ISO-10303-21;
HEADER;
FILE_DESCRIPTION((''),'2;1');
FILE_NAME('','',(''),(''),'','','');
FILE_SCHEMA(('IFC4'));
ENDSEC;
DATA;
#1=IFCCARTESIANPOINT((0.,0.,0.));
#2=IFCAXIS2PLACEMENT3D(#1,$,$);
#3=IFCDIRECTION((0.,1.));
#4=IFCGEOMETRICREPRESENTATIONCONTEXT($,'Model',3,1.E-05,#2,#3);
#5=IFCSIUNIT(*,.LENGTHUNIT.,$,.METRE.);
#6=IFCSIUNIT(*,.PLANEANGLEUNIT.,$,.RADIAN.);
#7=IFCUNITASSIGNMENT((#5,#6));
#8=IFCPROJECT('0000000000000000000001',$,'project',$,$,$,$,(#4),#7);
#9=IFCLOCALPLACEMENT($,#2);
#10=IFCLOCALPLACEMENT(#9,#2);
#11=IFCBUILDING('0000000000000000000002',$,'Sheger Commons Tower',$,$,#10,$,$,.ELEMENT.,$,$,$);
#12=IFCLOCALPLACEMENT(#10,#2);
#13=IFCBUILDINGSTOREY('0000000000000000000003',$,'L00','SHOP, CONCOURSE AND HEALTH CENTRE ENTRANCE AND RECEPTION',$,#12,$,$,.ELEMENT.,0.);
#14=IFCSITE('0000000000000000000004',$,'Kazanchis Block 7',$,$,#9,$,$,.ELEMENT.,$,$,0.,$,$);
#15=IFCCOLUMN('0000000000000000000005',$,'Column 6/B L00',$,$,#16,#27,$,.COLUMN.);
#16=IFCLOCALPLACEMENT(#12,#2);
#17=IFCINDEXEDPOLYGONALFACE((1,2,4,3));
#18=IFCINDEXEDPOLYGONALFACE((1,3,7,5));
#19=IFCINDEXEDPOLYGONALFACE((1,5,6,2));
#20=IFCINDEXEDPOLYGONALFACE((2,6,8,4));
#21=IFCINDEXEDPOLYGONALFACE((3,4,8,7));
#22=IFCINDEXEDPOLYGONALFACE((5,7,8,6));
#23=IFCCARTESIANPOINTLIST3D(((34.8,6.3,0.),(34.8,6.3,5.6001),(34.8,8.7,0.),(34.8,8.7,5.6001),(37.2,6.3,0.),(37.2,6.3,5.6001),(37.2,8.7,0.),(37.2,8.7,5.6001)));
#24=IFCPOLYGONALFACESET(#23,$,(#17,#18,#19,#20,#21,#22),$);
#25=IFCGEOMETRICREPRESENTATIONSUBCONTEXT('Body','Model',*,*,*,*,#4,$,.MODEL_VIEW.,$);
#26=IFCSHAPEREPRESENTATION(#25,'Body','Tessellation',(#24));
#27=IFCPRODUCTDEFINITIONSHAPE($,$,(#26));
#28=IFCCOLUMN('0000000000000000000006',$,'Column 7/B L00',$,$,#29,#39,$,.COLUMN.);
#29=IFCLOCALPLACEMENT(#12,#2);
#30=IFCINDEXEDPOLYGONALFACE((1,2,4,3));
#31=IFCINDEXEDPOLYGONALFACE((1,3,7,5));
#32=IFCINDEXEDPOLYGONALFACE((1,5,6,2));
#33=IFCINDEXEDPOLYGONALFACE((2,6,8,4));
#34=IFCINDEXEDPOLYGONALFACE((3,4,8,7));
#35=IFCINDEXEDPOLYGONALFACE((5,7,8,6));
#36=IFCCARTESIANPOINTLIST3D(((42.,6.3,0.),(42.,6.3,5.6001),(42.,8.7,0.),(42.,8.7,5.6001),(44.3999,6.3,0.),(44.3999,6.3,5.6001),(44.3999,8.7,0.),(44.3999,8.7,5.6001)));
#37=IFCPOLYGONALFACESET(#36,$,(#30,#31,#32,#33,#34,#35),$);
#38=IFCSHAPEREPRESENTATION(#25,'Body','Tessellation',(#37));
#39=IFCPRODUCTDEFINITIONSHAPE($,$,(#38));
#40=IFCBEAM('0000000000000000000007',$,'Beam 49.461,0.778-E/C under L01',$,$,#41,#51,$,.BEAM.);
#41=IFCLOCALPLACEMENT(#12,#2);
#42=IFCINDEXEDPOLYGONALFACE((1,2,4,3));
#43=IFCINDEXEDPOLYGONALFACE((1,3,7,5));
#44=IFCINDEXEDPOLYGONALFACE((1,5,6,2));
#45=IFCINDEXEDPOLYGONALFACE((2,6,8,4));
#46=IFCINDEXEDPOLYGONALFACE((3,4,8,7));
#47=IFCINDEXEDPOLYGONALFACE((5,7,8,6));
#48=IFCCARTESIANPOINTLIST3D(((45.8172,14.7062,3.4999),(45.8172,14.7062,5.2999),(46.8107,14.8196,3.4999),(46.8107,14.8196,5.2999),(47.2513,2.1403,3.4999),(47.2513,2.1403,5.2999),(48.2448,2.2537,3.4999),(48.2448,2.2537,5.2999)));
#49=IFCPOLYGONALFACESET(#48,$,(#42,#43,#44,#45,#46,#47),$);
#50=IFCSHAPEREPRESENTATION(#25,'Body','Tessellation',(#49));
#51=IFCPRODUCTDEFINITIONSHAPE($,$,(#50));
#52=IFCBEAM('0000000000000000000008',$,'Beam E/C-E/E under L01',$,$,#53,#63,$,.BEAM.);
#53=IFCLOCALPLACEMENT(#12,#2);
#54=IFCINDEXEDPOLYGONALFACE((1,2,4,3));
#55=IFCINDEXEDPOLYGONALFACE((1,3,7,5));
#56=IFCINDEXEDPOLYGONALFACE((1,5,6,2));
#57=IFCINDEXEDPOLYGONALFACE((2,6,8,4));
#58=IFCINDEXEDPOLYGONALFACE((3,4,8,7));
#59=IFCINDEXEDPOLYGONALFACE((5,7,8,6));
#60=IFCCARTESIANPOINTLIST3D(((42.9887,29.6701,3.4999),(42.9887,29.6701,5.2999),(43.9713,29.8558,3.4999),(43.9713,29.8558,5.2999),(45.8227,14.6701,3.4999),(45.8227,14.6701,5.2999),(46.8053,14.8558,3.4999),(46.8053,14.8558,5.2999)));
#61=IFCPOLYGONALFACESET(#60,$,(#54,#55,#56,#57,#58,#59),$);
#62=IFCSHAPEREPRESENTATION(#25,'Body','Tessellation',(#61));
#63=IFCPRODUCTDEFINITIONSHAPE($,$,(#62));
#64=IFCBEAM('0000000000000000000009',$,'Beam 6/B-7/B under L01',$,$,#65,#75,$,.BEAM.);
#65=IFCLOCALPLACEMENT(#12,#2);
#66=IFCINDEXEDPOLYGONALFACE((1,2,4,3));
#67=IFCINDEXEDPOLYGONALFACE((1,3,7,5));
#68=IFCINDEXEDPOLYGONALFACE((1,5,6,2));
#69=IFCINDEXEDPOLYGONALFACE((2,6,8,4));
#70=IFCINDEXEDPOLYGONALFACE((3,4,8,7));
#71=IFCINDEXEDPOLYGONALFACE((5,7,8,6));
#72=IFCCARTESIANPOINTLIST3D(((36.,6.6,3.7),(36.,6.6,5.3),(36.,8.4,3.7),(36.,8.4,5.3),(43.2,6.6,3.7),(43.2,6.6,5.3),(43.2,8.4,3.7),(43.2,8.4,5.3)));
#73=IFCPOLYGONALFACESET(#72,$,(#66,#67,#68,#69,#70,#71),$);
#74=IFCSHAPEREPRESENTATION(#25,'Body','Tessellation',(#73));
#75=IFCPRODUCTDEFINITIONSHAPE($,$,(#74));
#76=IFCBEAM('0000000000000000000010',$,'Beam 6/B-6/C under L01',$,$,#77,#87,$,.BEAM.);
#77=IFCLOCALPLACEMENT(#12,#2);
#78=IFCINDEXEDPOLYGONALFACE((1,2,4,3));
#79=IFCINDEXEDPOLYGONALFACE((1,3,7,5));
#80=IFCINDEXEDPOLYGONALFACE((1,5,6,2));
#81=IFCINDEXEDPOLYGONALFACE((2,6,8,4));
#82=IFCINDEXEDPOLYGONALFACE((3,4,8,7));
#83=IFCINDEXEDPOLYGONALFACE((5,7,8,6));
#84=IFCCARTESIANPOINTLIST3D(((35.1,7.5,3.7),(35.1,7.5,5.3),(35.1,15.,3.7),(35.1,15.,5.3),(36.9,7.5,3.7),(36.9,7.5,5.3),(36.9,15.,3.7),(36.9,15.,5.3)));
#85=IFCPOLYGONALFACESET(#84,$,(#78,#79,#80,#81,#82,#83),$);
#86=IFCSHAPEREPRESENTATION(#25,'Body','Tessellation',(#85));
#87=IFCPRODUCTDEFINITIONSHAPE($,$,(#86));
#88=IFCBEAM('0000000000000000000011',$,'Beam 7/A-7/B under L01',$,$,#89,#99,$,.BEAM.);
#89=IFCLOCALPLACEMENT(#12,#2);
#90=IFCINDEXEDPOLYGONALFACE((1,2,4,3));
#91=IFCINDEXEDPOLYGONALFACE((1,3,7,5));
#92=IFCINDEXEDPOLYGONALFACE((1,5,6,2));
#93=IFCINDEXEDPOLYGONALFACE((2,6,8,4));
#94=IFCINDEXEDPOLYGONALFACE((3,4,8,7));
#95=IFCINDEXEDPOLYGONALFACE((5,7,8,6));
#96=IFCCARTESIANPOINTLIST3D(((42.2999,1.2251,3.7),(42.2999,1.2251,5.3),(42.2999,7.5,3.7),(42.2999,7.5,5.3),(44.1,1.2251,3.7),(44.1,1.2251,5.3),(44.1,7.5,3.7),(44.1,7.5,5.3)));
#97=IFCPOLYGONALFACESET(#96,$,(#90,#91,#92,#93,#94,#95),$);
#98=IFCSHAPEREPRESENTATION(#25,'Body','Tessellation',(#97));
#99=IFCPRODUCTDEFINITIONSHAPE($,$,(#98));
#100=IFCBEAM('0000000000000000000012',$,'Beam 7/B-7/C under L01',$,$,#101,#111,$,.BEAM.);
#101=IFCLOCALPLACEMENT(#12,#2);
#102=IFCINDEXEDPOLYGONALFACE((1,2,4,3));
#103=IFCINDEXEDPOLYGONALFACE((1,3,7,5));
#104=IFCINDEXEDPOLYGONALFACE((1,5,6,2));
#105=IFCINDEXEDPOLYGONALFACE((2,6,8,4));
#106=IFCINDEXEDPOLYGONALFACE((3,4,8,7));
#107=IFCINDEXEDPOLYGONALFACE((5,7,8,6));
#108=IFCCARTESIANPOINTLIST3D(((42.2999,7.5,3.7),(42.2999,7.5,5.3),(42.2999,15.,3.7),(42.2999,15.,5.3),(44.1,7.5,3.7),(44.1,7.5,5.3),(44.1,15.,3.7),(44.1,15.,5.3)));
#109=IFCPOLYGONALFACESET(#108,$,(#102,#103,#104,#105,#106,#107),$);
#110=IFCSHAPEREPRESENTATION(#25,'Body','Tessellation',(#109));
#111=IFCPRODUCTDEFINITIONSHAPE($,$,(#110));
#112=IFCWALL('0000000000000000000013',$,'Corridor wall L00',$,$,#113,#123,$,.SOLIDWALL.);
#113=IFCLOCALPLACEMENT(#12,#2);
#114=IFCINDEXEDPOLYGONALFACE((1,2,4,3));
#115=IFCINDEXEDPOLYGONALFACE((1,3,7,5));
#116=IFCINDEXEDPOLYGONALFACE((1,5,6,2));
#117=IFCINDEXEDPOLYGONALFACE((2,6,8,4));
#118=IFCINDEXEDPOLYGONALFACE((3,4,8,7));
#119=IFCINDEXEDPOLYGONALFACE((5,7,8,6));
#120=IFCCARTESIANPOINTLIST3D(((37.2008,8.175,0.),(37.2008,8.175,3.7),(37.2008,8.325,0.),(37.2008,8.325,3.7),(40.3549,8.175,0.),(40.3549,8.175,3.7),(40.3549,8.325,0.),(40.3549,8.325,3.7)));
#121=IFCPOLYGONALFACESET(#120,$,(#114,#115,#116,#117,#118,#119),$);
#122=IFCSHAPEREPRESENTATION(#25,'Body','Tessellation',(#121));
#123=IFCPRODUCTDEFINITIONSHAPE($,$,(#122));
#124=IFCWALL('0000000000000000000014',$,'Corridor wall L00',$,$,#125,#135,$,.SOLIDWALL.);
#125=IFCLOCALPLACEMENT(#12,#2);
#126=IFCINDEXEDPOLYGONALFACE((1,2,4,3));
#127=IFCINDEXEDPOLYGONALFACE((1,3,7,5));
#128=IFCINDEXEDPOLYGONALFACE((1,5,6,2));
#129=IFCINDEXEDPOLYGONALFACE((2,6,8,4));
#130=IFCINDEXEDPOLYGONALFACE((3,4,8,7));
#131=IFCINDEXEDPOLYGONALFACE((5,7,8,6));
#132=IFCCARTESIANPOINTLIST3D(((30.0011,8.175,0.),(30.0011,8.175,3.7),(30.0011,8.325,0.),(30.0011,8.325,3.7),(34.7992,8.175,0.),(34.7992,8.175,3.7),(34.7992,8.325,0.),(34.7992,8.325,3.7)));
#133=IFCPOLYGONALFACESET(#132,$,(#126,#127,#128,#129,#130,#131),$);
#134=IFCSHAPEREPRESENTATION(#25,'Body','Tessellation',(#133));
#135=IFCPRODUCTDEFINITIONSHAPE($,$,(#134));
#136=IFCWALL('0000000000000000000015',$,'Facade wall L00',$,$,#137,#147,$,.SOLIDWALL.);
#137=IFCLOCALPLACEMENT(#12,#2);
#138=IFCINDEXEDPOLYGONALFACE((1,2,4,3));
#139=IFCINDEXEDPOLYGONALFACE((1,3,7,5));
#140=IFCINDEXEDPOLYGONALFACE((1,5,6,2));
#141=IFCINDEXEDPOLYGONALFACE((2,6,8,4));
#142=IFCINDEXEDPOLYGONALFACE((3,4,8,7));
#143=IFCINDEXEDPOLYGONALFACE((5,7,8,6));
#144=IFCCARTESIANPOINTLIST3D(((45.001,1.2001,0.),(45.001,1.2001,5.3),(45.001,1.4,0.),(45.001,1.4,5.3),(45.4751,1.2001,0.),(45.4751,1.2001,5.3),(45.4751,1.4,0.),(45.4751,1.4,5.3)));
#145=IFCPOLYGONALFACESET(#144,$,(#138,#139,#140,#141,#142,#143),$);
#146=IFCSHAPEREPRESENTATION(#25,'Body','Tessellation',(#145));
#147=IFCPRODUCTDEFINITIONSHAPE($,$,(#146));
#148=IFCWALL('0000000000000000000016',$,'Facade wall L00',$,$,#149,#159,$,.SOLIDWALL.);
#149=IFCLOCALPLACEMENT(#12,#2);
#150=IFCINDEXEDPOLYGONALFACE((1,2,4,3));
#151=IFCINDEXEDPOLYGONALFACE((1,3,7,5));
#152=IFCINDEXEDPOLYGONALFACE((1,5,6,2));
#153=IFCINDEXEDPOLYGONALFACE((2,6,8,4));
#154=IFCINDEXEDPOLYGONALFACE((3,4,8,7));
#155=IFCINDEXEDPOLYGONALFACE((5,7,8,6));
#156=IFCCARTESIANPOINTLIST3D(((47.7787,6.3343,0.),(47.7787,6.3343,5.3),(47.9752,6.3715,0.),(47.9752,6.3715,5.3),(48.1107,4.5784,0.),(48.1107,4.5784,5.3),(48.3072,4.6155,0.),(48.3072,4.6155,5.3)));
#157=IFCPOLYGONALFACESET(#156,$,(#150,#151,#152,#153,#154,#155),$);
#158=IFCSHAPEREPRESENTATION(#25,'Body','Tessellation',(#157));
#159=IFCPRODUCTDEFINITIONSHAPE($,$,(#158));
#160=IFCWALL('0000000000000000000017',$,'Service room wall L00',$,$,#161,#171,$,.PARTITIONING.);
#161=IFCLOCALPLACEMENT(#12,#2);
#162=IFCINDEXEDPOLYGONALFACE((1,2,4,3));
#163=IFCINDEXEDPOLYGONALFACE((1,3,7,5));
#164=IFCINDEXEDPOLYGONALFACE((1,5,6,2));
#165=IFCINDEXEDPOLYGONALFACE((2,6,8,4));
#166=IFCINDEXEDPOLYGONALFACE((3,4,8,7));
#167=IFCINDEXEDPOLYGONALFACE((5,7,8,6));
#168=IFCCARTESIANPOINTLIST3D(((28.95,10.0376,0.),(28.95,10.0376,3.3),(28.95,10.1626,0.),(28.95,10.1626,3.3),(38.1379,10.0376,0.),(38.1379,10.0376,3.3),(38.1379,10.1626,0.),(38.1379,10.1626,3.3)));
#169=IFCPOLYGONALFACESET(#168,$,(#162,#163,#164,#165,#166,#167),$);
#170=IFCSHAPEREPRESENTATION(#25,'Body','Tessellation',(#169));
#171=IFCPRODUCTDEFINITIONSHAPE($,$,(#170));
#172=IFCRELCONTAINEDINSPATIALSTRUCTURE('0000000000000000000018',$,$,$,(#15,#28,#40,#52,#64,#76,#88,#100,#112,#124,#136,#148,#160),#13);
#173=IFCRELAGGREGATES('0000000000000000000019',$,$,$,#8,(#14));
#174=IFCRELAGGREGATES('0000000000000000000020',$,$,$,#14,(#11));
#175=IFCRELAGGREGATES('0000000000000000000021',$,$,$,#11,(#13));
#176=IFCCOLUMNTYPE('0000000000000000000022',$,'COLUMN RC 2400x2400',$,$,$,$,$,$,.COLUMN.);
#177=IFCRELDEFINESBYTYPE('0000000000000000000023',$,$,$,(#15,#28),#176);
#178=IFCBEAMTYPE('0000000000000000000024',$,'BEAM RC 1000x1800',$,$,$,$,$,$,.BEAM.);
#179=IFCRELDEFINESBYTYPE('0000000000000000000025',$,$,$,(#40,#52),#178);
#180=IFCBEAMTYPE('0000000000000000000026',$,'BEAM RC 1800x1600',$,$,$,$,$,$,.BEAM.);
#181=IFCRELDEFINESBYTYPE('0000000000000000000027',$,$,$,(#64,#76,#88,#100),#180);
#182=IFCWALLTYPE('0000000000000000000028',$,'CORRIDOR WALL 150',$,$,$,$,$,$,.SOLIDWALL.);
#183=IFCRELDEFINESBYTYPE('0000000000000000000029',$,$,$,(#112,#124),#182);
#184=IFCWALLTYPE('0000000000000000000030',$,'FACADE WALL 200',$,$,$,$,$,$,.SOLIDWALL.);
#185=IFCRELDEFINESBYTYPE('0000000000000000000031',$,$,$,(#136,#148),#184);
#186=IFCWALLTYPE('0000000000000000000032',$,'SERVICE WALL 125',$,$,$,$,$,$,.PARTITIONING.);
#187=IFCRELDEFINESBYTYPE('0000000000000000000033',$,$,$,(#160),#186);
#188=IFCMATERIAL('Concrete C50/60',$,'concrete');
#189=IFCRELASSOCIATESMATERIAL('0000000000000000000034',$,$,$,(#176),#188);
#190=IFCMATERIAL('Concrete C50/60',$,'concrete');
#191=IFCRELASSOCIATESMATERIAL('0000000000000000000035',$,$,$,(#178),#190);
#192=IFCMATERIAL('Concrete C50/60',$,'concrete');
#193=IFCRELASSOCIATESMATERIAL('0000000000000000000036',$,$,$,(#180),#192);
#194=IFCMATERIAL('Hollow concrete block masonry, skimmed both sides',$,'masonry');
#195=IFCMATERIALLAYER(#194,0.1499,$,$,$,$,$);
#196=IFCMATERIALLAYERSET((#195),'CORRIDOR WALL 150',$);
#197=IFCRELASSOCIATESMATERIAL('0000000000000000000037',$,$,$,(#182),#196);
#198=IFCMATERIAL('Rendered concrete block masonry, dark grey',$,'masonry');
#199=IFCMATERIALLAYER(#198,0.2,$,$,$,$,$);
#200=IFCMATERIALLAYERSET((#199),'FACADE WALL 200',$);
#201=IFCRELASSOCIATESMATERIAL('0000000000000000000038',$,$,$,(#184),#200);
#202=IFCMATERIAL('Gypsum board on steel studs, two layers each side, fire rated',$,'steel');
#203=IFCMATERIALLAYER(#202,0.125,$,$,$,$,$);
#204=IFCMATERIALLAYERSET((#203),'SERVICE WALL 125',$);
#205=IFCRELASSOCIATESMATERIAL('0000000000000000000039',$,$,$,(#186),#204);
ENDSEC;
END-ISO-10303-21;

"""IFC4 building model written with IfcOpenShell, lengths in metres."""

from ifc_helpers import new_model, si_unit, direction, frame, frame_2d, origin, origin_2d, place, context, subcontext, project, spatial, rectangle, extrude, material, layer, layer_set, material_profile, profile_set, type_object, element, save


model = new_model("IFC4")

# Units and contexts
model_context = context("Model", 3, precision=1e-05, world=origin(), true_north=direction((0.0, 1.0)))
body_context = subcontext(model_context, "Body", "Model", "MODEL_VIEW")
ifc_project = project(units=[si_unit("LENGTHUNIT", "METRE"), si_unit("PLANEANGLEUNIT", "RADIAN")], contexts=[model_context])

# Site, building, storey
site_placement = place(None, origin())
site = spatial("IfcSite", under=ifc_project, at=site_placement, Name="Kazanchis Block 7", CompositionType="ELEMENT", RefElevation=0.0)
building_placement = place(site_placement, origin())
building = spatial("IfcBuilding", under=site, at=building_placement, Name="Sheger Commons Tower", CompositionType="ELEMENT")
storey_placement = place(building_placement, origin())
storey = spatial("IfcBuildingStorey", under=building, at=storey_placement, Name="L00", Description="SHOP, CONCOURSE AND HEALTH CENTRE ENTRANCE AND RECEPTION", CompositionType="ELEMENT", Elevation=0.0)

# Columns
ifc_material_1 = material(Name="Concrete C50/60", Category="concrete")
ifc_material_profile_1 = material_profile(ifc_material_1, rectangle(XDim=2.3999, YDim=2.3999, at=origin_2d()), Name="RC 2400x2400")
ifc_profile_set_1 = profile_set([ifc_material_profile_1], Name="Concrete C50/60")
column_type_1 = type_object("IfcColumnType", Name="COLUMN RC 2400x2400", PredefinedType="COLUMN", material=ifc_profile_set_1)
for number, where, z_axis, x_axis, name in (
    (1, (36.0, 7.5, 0.0), (0.0, 0.0, 1.0), (1.0, 0.0, 0.0), "Column 6/B L00"),
    (2, (43.2, 7.5, 0.0), (0.0, 0.0, 1.0), (1.0, 0.0, 0.0), "Column 7/B L00"),
):
    element("IfcColumn", number, at=place(storey_placement, frame(where, z_axis=z_axis, x_axis=x_axis)), inside=storey, type_object=column_type_1, Name=name, PredefinedType="COLUMN", context=body_context, shape_type="SweptSolid", body=[
        extrude(rectangle(XDim=2.3999, YDim=2.3999, at=origin_2d()), origin(), (0.0, 0.0, 1.0), 5.6001),
    ])

# Beams
ifc_material_2 = material(Name="Concrete C50/60", Category="concrete")
ifc_material_profile_2 = material_profile(ifc_material_2, rectangle(XDim=1.0, YDim=1.8, at=origin_2d()), Name="RC 1000x1800")
ifc_profile_set_2 = profile_set([ifc_material_profile_2], Name="Concrete C50/60")
beam_type_1 = type_object("IfcBeamType", Name="BEAM RC 1000x1800", PredefinedType="BEAM", material=ifc_profile_set_2)
beam_1_placement = place(storey_placement, frame((47.748, 2.197, 4.3999), z_axis=(-0.113389, 0.993551, 0.0), x_axis=(-0.993551, -0.113389, 0.0)))
element("IfcBeam", 3, at=beam_1_placement, inside=storey, type_object=beam_type_1, Name="Beam 49.461,0.778-E/C under L01", PredefinedType="BEAM", context=body_context, shape_type="SweptSolid", body=[
    extrude(rectangle(XDim=1.0, YDim=1.8, at=origin_2d()), origin(), (0.0, 0.0, 1.0), 12.6475),
])
beam_2_placement = place(storey_placement, frame((46.314, 14.7629, 4.3999), z_axis=(-0.185648, 0.982616, 0.0), x_axis=(-0.982616, -0.185648, 0.0)))
element("IfcBeam", 4, at=beam_2_placement, inside=storey, type_object=beam_type_1, Name="Beam E/C-E/E under L01", PredefinedType="BEAM", context=body_context, shape_type="SweptSolid", body=[
    extrude(rectangle(XDim=1.0, YDim=1.8, at=origin_2d()), origin(), (0.0, 0.0, 1.0), 15.2654),
])
ifc_material_3 = material(Name="Concrete C50/60", Category="concrete")
ifc_material_profile_3 = material_profile(ifc_material_3, rectangle(XDim=1.8, YDim=1.6001, at=origin_2d()), Name="RC 1800x1600")
ifc_profile_set_3 = profile_set([ifc_material_profile_3], Name="Concrete C50/60")
beam_type_2 = type_object("IfcBeamType", Name="BEAM RC 1800x1600", PredefinedType="BEAM", material=ifc_profile_set_3)
beam_3_placement = place(storey_placement, frame((36.0, 7.5, 4.5), z_axis=(1.0, 0.0, 0.0), x_axis=(0.0, 1.0, 0.0)))
element("IfcBeam", 5, at=beam_3_placement, inside=storey, type_object=beam_type_2, Name="Beam 6/B-7/B under L01", PredefinedType="BEAM", context=body_context, shape_type="SweptSolid", body=[
    extrude(rectangle(XDim=1.8, YDim=1.6001, at=origin_2d()), origin(), (0.0, 0.0, 1.0), 7.2),
])
beam_4_placement = place(storey_placement, frame((36.0, 7.5, 4.5), z_axis=(0.0, 1.0, 0.0), x_axis=(-1.0, 0.0, 0.0)))
element("IfcBeam", 6, at=beam_4_placement, inside=storey, type_object=beam_type_2, Name="Beam 6/B-6/C under L01", PredefinedType="BEAM", context=body_context, shape_type="SweptSolid", body=[
    extrude(rectangle(XDim=1.8, YDim=1.6001, at=origin_2d()), origin(), (0.0, 0.0, 1.0), 7.5),
])
beam_5_placement = place(storey_placement, frame((43.2, 1.2251, 4.5), z_axis=(0.0, 1.0, 0.0), x_axis=(-1.0, 0.0, 0.0)))
element("IfcBeam", 7, at=beam_5_placement, inside=storey, type_object=beam_type_2, Name="Beam 7/A-7/B under L01", PredefinedType="BEAM", context=body_context, shape_type="SweptSolid", body=[
    extrude(rectangle(XDim=1.8, YDim=1.6001, at=origin_2d()), origin(), (0.0, 0.0, 1.0), 6.2749),
])
beam_6_placement = place(storey_placement, frame((43.2, 7.5, 4.5), z_axis=(0.0, 1.0, 0.0), x_axis=(-1.0, 0.0, 0.0)))
element("IfcBeam", 8, at=beam_6_placement, inside=storey, type_object=beam_type_2, Name="Beam 7/B-7/C under L01", PredefinedType="BEAM", context=body_context, shape_type="SweptSolid", body=[
    extrude(rectangle(XDim=1.8, YDim=1.6001, at=origin_2d()), origin(), (0.0, 0.0, 1.0), 7.5),
])

# Walls
ifc_material_4 = material(Name="Hollow concrete block masonry, skimmed both sides", Category="masonry")
ifc_layer_1 = layer(ifc_material_4, 0.1499)
ifc_layer_set_1 = layer_set([ifc_layer_1], Name="CORRIDOR WALL 150")
wall_type_1 = type_object("IfcWallType", Name="CORRIDOR WALL 150", PredefinedType="SOLIDWALL", material=ifc_layer_set_1)
wall_1_placement = place(storey_placement, frame((40.355, 8.25, 0.0), z_axis=(0.0, 0.0, 1.0), x_axis=(-1.0, 0.0, 0.0)))
element("IfcWall", 9, at=wall_1_placement, inside=storey, type_object=wall_type_1, Name="Corridor wall L00", PredefinedType="SOLIDWALL", context=body_context, shape_type="SweptSolid", body=[
    extrude(rectangle(XDim=3.1541, YDim=0.1499, at=frame_2d((1.5771, 0.0))), origin(), (0.0, 0.0, 1.0), 3.7),
])
wall_2_placement = place(storey_placement, frame((34.7991, 8.25, 0.0), z_axis=(0.0, 0.0, 1.0), x_axis=(-1.0, 0.0, 0.0)))
element("IfcWall", 10, at=wall_2_placement, inside=storey, type_object=wall_type_1, Name="Corridor wall L00", PredefinedType="SOLIDWALL", context=body_context, shape_type="SweptSolid", body=[
    extrude(rectangle(XDim=4.7981, YDim=0.1499, at=frame_2d((2.3989, 0.0))), origin(), (0.0, 0.0, 1.0), 3.7),
])

# Shared definitions
ifc_material_5 = material(Name="Rendered concrete block masonry, dark grey", Category="masonry")
ifc_layer_2 = layer(ifc_material_5, 0.2)
ifc_layer_set_2 = layer_set([ifc_layer_2], Name="FACADE WALL 200")
wall_type_2 = type_object("IfcWallType", Name="FACADE WALL 200", PredefinedType="SOLIDWALL", material=ifc_layer_set_2)

# Walls
wall_3_placement = place(storey_placement, frame((45.001, 1.3, 0.0), z_axis=(0.0, 0.0, 1.0), x_axis=(1.0, 0.0, 0.0)))
element("IfcWall", 11, at=wall_3_placement, inside=storey, type_object=wall_type_2, Name="Facade wall L00", PredefinedType="SOLIDWALL", context=body_context, shape_type="SweptSolid", body=[
    extrude(rectangle(XDim=0.4741, YDim=0.2, at=frame_2d((0.2371, 0.0))), origin(), (0.0, 0.0, 1.0), 5.3),
])
wall_4_placement = place(storey_placement, frame((48.209, 4.5969, 0.0), z_axis=(0.0, 0.0, 1.0), x_axis=(-0.185781, 0.982591, 0.0)))
element("IfcWall", 12, at=wall_4_placement, inside=storey, type_object=wall_type_2, Name="Facade wall L00", PredefinedType="SOLIDWALL", context=body_context, shape_type="SweptSolid", body=[
    extrude(rectangle(XDim=1.7871, YDim=0.2, at=frame_2d((0.8936, 0.0))), origin(), (0.0, 0.0, 1.0), 5.3),
])

# Wall
ifc_material_6 = material(Name="Gypsum board on steel studs, two layers each side, fire rated", Category="steel")
ifc_layer_3 = layer(ifc_material_6, 0.125)
ifc_layer_set_3 = layer_set([ifc_layer_3], Name="SERVICE WALL 125")
wall_type_3 = type_object("IfcWallType", Name="SERVICE WALL 125", PredefinedType="PARTITIONING", material=ifc_layer_set_3)
wall_5_placement = place(storey_placement, frame((28.95, 10.1001, 0.0), z_axis=(0.0, 0.0, 1.0), x_axis=(1.0, 0.0, 0.0)))
element("IfcWall", 13, at=wall_5_placement, inside=storey, type_object=wall_type_3, Name="Service room wall L00", PredefinedType="PARTITIONING", context=body_context, shape_type="SweptSolid", body=[
    extrude(rectangle(XDim=9.188, YDim=0.125, at=frame_2d((4.594, 0.0))), origin(), (0.0, 0.0, 1.0), 3.3),
])

save(model, "model.ifc")
